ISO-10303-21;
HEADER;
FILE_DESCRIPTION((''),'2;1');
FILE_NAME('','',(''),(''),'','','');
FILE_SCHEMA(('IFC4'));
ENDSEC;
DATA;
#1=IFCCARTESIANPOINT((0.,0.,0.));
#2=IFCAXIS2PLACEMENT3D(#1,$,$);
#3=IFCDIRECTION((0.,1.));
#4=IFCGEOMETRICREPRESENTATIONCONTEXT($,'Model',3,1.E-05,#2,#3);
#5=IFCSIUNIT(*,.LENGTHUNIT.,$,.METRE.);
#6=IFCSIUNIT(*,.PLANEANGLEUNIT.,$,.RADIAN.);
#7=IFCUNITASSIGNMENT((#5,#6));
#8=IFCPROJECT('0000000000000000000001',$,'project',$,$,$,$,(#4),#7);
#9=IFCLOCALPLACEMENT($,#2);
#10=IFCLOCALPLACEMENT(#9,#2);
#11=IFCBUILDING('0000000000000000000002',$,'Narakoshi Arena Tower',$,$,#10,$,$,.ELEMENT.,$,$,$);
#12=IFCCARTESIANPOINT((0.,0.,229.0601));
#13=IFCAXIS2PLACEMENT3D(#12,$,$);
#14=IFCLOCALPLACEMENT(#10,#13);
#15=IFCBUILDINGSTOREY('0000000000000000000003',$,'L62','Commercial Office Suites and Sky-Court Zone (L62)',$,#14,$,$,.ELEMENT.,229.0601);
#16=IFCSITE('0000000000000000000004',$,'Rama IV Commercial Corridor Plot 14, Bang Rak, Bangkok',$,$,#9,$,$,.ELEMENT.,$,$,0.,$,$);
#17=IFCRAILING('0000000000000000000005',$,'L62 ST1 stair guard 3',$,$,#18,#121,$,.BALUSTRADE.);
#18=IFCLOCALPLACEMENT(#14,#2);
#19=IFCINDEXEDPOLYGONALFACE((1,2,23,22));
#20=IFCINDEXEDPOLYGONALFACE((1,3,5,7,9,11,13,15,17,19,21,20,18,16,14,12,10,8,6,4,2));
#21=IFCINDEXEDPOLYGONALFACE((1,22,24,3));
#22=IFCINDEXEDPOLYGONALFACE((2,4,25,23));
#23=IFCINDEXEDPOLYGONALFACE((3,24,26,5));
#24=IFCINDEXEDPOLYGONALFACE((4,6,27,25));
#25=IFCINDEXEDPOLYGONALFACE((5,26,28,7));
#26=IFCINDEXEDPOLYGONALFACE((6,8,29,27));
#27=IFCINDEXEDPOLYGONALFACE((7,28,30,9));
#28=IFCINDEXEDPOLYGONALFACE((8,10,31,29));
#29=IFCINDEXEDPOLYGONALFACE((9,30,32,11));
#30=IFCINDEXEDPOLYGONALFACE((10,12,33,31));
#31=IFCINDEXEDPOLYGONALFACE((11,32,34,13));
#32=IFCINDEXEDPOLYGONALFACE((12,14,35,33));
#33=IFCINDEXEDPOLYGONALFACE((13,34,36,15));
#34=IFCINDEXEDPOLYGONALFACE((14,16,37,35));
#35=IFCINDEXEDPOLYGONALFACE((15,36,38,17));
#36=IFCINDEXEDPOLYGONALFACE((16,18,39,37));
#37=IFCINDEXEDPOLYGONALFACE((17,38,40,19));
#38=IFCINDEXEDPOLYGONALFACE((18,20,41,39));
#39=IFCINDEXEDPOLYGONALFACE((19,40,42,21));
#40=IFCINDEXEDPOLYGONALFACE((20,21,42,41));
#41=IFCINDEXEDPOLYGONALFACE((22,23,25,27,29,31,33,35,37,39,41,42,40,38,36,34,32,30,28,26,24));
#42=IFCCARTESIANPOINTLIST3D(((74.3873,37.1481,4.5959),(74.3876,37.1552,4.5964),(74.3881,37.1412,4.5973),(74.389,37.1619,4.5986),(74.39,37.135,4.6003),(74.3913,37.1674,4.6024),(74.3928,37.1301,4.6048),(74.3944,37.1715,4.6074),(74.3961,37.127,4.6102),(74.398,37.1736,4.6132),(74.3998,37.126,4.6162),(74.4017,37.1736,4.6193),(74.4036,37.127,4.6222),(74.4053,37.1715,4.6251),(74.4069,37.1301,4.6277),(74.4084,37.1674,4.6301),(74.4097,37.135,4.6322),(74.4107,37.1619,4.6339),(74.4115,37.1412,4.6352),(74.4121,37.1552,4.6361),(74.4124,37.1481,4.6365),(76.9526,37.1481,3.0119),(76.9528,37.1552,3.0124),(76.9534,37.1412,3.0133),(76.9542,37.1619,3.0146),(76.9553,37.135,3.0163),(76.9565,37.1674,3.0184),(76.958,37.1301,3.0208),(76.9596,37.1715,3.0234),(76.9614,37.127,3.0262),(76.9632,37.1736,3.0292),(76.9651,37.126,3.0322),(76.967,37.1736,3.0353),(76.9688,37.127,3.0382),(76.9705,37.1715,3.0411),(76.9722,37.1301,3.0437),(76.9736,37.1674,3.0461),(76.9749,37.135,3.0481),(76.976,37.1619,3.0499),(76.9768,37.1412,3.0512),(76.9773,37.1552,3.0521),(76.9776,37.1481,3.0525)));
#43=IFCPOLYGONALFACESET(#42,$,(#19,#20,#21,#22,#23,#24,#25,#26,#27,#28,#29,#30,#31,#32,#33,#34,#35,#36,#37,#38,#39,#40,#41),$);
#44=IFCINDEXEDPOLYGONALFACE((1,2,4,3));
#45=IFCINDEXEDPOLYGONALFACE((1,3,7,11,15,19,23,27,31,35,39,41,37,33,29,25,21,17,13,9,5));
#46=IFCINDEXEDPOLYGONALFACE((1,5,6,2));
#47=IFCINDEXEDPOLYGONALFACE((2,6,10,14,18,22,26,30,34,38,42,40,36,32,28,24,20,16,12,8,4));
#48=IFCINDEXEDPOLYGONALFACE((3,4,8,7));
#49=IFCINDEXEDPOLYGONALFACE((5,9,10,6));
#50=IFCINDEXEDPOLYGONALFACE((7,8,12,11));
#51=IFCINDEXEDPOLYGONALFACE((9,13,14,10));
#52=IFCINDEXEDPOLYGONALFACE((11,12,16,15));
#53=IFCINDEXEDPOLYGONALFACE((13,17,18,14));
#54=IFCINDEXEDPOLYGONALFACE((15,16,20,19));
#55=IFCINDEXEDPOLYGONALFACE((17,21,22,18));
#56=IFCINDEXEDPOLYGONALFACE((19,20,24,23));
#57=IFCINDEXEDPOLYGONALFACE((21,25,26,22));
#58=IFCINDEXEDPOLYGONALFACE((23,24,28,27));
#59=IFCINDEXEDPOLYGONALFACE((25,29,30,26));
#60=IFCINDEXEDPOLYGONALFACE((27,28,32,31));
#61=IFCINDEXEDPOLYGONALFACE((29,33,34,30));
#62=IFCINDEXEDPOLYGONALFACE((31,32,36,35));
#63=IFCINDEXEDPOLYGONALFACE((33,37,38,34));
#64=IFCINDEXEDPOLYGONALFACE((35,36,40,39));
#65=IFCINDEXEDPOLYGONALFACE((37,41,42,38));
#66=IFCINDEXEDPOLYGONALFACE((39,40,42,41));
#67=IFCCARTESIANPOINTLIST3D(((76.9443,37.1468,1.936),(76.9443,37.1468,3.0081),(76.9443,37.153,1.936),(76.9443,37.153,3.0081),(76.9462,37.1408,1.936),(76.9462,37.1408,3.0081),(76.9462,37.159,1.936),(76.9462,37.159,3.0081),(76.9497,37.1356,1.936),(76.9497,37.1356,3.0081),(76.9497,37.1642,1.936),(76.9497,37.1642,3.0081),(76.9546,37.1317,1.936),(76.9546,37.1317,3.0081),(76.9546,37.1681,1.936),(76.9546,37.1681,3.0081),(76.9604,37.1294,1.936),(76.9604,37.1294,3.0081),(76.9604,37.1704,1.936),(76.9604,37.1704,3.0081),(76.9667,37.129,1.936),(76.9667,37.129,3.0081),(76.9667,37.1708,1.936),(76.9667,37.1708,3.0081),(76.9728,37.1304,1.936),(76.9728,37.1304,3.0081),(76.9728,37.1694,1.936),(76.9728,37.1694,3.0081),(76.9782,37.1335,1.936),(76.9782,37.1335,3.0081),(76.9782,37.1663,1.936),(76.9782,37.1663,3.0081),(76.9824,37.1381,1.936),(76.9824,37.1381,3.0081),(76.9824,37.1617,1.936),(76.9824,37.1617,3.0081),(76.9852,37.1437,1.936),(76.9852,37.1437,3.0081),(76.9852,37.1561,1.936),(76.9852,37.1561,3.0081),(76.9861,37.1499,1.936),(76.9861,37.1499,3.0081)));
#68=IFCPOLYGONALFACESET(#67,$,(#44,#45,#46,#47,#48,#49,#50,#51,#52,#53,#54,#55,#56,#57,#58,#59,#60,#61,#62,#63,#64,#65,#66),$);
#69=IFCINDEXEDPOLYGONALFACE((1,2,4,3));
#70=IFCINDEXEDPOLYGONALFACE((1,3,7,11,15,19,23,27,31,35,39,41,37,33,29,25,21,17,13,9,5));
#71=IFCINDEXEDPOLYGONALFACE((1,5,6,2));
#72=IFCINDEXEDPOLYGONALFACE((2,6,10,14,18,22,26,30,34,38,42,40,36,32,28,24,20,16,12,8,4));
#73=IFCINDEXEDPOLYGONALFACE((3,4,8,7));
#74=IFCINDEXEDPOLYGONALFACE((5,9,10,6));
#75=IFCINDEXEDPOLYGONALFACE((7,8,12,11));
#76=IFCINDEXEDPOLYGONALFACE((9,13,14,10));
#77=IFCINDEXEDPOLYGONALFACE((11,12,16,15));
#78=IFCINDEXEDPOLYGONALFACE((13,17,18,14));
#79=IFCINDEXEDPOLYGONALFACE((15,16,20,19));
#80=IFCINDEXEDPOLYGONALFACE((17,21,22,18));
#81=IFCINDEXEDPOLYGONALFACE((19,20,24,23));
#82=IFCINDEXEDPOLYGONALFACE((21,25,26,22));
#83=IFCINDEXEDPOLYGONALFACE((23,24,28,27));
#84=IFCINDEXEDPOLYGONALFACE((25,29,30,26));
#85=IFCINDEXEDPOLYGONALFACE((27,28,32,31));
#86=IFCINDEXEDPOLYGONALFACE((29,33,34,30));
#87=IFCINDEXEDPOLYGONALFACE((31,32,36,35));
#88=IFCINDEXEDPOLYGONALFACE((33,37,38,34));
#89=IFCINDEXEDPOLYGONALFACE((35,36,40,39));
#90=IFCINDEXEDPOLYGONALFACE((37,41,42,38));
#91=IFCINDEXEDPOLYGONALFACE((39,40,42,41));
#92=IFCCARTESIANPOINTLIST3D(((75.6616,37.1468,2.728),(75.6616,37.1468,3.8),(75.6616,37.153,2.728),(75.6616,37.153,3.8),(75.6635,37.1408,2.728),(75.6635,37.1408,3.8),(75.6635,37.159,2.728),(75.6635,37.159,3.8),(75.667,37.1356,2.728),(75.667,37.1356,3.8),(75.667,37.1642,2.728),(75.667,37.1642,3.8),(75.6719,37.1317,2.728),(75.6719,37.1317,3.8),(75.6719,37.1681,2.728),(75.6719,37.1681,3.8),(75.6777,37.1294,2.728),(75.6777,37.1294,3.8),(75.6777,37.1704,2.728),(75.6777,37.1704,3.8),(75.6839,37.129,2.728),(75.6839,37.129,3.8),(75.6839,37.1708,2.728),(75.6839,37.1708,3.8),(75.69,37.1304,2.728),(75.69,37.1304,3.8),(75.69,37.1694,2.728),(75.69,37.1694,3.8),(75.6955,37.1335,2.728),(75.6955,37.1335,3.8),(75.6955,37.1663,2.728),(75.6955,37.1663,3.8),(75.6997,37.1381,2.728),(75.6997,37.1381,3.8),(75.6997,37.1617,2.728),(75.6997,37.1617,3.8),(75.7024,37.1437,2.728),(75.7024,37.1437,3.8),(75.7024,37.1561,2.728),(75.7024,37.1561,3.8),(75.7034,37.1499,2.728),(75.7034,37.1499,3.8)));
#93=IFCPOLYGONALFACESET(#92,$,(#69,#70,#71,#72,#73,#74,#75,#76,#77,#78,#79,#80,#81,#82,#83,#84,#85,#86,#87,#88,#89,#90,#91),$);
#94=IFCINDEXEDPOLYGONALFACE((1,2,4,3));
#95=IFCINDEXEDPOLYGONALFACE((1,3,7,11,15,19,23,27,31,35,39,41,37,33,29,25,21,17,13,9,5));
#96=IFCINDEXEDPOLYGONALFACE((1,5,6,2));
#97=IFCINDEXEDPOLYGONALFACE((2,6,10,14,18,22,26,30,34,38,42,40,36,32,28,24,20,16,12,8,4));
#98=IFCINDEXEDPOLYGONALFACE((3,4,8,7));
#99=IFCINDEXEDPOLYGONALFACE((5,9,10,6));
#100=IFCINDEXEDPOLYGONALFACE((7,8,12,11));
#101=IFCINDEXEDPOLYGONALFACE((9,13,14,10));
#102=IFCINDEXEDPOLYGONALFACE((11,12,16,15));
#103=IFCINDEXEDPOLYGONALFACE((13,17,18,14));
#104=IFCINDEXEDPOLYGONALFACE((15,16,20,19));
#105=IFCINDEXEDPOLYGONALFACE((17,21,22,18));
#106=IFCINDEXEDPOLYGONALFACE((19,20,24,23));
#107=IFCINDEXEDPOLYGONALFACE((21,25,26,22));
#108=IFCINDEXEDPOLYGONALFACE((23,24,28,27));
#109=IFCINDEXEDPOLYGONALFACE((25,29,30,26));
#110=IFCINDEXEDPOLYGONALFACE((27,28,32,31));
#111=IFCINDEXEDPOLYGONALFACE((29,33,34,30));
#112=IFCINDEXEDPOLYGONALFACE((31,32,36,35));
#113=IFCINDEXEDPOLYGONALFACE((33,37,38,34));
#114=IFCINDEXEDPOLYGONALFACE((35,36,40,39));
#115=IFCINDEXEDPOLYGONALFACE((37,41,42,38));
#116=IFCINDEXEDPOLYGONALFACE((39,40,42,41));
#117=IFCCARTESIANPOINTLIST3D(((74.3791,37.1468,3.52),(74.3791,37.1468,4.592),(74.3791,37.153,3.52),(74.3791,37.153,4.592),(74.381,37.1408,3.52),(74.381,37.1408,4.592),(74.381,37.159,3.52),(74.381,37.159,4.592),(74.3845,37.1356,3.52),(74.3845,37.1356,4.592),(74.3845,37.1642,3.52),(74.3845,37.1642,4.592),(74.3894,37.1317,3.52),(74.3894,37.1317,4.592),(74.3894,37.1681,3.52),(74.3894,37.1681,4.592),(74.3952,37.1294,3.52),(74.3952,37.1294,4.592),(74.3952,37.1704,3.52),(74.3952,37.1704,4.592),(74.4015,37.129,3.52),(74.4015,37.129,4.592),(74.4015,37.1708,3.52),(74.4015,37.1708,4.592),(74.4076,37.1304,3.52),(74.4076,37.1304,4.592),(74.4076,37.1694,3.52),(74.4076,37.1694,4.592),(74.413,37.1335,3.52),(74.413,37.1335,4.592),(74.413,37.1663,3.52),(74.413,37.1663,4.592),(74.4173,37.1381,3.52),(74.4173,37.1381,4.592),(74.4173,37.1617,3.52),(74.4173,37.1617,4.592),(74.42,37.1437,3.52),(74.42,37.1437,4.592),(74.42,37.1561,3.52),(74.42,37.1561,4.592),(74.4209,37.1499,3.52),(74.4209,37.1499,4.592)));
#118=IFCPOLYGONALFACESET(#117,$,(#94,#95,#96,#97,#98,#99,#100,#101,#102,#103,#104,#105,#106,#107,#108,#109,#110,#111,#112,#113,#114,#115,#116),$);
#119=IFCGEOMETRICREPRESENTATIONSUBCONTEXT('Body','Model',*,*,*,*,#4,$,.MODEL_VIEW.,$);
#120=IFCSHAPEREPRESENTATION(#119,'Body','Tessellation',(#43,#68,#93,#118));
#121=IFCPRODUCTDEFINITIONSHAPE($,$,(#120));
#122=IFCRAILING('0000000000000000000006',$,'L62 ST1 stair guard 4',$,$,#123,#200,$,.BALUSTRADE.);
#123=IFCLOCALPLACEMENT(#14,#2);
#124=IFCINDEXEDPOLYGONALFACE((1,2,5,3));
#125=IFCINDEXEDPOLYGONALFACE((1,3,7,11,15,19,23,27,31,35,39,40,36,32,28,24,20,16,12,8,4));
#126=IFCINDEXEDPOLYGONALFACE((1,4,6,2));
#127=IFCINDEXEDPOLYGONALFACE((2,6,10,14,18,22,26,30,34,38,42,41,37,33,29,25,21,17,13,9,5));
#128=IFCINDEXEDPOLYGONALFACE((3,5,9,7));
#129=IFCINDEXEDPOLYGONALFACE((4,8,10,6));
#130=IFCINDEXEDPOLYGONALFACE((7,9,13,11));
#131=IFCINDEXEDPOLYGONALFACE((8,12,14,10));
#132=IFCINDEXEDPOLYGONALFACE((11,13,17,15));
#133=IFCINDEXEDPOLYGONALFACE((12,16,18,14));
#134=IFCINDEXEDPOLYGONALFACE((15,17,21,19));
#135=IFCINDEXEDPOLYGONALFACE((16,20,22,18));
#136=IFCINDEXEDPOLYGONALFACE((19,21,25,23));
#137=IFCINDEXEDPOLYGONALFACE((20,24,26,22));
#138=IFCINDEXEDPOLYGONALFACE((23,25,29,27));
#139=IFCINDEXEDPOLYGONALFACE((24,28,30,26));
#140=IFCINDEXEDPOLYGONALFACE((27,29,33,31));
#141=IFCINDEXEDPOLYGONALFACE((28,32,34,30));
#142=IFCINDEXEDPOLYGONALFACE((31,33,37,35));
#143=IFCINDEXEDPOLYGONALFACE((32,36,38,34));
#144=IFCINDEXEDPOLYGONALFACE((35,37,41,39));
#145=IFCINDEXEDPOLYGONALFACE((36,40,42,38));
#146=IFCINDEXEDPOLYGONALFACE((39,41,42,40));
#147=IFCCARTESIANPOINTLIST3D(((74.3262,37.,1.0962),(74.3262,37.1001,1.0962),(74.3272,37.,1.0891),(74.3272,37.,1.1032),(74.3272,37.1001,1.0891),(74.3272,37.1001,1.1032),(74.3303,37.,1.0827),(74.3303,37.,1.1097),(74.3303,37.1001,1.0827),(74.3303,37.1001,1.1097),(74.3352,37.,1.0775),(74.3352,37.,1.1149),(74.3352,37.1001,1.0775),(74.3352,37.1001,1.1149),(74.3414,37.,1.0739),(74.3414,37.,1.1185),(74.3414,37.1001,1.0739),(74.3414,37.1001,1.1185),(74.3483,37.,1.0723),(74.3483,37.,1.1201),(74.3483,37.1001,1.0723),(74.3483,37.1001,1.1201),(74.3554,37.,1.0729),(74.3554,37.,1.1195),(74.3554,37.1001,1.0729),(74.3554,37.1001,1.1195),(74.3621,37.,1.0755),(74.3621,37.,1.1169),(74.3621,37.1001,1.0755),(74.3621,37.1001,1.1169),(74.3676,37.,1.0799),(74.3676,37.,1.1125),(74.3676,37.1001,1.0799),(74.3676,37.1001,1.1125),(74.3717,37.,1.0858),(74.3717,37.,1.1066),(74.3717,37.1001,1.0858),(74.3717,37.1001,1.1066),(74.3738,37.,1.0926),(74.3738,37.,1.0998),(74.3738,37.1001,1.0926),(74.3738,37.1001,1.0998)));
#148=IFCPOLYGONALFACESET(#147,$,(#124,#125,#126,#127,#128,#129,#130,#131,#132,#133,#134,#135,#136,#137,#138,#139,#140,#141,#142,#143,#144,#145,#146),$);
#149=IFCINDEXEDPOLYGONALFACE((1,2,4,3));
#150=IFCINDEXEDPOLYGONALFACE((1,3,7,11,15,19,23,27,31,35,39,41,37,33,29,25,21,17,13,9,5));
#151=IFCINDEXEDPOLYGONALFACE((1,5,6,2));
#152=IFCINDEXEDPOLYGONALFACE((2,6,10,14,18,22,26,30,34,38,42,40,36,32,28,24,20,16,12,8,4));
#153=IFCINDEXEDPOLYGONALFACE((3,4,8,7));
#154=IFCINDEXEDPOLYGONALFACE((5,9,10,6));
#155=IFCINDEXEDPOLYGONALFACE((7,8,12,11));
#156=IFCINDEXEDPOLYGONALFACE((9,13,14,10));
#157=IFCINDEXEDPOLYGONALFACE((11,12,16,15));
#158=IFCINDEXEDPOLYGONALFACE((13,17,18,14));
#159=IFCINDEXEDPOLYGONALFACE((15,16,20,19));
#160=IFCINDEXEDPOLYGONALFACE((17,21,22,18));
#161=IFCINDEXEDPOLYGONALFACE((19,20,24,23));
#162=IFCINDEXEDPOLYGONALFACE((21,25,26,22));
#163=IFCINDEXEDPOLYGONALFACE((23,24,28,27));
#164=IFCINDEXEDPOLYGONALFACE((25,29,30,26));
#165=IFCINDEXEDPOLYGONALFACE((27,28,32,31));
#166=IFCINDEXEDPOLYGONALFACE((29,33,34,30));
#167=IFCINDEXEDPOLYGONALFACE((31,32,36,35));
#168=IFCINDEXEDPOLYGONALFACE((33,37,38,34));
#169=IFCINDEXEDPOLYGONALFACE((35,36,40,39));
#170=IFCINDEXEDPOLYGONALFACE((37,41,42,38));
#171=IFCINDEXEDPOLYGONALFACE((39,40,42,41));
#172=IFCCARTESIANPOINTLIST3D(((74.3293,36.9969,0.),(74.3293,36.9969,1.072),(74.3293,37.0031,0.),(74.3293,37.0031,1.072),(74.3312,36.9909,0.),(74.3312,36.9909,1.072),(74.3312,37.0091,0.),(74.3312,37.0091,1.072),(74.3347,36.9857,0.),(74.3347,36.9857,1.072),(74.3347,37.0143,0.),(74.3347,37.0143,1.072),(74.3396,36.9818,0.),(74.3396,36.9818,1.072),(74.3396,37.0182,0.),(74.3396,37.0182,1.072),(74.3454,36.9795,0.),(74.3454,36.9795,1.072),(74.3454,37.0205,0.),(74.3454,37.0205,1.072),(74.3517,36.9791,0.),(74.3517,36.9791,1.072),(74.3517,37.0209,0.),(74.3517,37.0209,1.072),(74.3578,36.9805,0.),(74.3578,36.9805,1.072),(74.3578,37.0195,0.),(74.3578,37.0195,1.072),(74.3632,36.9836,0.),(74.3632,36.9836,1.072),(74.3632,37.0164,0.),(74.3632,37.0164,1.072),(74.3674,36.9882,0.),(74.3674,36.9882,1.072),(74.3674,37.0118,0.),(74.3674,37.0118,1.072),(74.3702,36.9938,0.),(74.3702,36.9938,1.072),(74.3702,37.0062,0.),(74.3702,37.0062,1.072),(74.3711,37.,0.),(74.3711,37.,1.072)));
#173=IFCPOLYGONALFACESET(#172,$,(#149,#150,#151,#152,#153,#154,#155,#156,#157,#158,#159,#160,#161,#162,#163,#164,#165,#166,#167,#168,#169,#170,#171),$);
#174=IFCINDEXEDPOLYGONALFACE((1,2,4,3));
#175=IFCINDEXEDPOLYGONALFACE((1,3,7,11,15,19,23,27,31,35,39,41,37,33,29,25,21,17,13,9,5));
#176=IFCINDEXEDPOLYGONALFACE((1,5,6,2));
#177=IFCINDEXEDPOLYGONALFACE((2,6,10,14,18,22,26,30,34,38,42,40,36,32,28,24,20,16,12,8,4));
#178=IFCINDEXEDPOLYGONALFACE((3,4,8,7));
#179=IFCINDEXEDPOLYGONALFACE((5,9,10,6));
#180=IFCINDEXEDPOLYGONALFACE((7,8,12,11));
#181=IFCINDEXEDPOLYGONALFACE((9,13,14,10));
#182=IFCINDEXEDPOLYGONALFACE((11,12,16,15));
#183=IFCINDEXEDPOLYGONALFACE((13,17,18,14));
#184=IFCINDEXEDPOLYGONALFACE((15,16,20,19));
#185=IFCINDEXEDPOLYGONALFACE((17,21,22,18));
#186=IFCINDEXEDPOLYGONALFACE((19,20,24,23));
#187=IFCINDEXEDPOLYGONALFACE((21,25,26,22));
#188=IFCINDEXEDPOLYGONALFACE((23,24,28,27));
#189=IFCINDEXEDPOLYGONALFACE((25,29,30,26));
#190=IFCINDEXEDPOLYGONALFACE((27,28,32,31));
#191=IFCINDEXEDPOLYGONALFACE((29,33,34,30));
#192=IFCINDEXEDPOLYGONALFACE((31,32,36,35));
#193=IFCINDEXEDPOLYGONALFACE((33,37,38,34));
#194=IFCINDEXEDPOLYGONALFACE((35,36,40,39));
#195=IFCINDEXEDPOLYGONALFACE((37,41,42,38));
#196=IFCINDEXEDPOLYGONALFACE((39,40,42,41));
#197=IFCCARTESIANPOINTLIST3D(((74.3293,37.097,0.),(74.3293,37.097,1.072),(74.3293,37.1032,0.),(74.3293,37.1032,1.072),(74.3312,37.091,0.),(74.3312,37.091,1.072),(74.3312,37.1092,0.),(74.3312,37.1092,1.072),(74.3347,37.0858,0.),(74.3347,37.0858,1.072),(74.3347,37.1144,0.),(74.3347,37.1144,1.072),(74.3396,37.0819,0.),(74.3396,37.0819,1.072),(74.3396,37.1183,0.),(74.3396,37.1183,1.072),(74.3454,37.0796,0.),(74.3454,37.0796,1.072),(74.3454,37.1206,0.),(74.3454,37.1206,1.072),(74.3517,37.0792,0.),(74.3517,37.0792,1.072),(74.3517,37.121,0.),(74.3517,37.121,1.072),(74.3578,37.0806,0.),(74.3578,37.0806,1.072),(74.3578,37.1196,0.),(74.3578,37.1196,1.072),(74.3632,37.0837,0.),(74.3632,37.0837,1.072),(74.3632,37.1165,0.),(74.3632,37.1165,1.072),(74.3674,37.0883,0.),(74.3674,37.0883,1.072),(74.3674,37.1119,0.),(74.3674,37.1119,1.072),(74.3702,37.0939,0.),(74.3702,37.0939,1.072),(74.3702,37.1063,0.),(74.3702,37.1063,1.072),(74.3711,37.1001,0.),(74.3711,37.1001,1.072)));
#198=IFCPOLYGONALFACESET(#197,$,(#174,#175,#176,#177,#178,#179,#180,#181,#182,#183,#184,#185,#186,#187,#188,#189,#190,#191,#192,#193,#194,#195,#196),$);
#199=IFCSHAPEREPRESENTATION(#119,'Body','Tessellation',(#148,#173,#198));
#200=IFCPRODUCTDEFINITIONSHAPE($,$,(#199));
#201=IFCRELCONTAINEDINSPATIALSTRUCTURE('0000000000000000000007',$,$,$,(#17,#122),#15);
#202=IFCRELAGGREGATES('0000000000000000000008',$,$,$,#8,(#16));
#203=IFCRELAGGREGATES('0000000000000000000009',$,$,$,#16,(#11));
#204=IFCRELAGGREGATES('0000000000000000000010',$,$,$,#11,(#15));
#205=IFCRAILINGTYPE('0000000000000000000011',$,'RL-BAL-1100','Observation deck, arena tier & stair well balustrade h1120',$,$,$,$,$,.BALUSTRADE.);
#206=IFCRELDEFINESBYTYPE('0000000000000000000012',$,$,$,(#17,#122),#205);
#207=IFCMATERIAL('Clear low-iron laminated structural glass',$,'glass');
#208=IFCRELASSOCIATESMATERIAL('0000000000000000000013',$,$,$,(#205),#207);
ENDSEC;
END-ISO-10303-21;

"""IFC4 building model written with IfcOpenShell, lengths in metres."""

from ifc_helpers import new_model, si_unit, direction, frame, origin, origin_2d, place, context, subcontext, project, spatial, circle, extrude, material, type_object, element, save


model = new_model("IFC4")

# Units and contexts
model_context = context("Model", 3, precision=1e-05, world=origin(), true_north=direction((0.0, 1.0)))
body_context = subcontext(model_context, "Body", "Model", "MODEL_VIEW")
ifc_project = project(units=[si_unit("LENGTHUNIT", "METRE"), si_unit("PLANEANGLEUNIT", "RADIAN")], contexts=[model_context])

# Site, building, storey
site_placement = place(None, origin())
site = spatial("IfcSite", under=ifc_project, at=site_placement, Name="Rama IV Commercial Corridor Plot 14, Bang Rak, Bangkok", CompositionType="ELEMENT", RefElevation=0.0)
building_placement = place(site_placement, origin())
building = spatial("IfcBuilding", under=site, at=building_placement, Name="Narakoshi Arena Tower", CompositionType="ELEMENT")
storey_placement = place(building_placement, frame((0.0, 0.0, 229.0601)))
storey = spatial("IfcBuildingStorey", under=building, at=storey_placement, Name="L62", Description="Commercial Office Suites and Sky-Court Zone (L62)", CompositionType="ELEMENT", Elevation=229.0601)

# Railings
ifc_material_1 = material(Name="Clear low-iron laminated structural glass", Category="glass")
railing_type_1 = type_object("IfcRailingType", Name="RL-BAL-1100", Description="Observation deck, arena tier & stair well balustrade h1120", PredefinedType="BALUSTRADE", material=ifc_material_1)
railing_1_placement = place(storey_placement, frame((76.9651, 37.1499, 1.936)))
element("IfcRailing", 1, at=railing_1_placement, inside=storey, type_object=railing_type_1, Name="L62 ST1 stair guard 3", PredefinedType="BALUSTRADE", context=body_context, shape_type="SweptSolid", body=[
    extrude(circle(Radius=0.0239, at=origin_2d()), frame((0.0, 0.0, 1.0962), z_axis=(-0.850857, 0.0, 0.525398), x_axis=(0.0, -1.0, 0.0)), (0.0, 0.0, 1.0), 3.0149),
    extrude(circle(Radius=0.021, at=origin_2d()), origin(), (0.0, 0.0, 1.0), 1.072),
    extrude(circle(Radius=0.021, at=origin_2d()), frame((-1.2827, 0.0, 0.792)), (0.0, 0.0, 1.0), 1.072),
    extrude(circle(Radius=0.021, at=origin_2d()), frame((-2.5652, 0.0, 1.584)), (0.0, 0.0, 1.0), 1.072),
])
railing_2_placement = place(storey_placement, frame((74.3501, 37.0, 0.0)))
element("IfcRailing", 2, at=railing_2_placement, inside=storey, type_object=railing_type_1, Name="L62 ST1 stair guard 4", PredefinedType="BALUSTRADE", context=body_context, shape_type="SweptSolid", body=[
    extrude(circle(Radius=0.0239, at=origin_2d()), frame((0.0, 0.0, 1.0962), z_axis=(0.0, 1.0, 0.0), x_axis=(-1.0, 0.0, 0.0)), (0.0, 0.0, 1.0), 0.1001),
    extrude(circle(Radius=0.021, at=origin_2d()), origin(), (0.0, 0.0, 1.0), 1.072),
    extrude(circle(Radius=0.021, at=origin_2d()), frame((0.0, 0.1001, 0.0)), (0.0, 0.0, 1.0), 1.072),
])

save(model, "model.ifc")
